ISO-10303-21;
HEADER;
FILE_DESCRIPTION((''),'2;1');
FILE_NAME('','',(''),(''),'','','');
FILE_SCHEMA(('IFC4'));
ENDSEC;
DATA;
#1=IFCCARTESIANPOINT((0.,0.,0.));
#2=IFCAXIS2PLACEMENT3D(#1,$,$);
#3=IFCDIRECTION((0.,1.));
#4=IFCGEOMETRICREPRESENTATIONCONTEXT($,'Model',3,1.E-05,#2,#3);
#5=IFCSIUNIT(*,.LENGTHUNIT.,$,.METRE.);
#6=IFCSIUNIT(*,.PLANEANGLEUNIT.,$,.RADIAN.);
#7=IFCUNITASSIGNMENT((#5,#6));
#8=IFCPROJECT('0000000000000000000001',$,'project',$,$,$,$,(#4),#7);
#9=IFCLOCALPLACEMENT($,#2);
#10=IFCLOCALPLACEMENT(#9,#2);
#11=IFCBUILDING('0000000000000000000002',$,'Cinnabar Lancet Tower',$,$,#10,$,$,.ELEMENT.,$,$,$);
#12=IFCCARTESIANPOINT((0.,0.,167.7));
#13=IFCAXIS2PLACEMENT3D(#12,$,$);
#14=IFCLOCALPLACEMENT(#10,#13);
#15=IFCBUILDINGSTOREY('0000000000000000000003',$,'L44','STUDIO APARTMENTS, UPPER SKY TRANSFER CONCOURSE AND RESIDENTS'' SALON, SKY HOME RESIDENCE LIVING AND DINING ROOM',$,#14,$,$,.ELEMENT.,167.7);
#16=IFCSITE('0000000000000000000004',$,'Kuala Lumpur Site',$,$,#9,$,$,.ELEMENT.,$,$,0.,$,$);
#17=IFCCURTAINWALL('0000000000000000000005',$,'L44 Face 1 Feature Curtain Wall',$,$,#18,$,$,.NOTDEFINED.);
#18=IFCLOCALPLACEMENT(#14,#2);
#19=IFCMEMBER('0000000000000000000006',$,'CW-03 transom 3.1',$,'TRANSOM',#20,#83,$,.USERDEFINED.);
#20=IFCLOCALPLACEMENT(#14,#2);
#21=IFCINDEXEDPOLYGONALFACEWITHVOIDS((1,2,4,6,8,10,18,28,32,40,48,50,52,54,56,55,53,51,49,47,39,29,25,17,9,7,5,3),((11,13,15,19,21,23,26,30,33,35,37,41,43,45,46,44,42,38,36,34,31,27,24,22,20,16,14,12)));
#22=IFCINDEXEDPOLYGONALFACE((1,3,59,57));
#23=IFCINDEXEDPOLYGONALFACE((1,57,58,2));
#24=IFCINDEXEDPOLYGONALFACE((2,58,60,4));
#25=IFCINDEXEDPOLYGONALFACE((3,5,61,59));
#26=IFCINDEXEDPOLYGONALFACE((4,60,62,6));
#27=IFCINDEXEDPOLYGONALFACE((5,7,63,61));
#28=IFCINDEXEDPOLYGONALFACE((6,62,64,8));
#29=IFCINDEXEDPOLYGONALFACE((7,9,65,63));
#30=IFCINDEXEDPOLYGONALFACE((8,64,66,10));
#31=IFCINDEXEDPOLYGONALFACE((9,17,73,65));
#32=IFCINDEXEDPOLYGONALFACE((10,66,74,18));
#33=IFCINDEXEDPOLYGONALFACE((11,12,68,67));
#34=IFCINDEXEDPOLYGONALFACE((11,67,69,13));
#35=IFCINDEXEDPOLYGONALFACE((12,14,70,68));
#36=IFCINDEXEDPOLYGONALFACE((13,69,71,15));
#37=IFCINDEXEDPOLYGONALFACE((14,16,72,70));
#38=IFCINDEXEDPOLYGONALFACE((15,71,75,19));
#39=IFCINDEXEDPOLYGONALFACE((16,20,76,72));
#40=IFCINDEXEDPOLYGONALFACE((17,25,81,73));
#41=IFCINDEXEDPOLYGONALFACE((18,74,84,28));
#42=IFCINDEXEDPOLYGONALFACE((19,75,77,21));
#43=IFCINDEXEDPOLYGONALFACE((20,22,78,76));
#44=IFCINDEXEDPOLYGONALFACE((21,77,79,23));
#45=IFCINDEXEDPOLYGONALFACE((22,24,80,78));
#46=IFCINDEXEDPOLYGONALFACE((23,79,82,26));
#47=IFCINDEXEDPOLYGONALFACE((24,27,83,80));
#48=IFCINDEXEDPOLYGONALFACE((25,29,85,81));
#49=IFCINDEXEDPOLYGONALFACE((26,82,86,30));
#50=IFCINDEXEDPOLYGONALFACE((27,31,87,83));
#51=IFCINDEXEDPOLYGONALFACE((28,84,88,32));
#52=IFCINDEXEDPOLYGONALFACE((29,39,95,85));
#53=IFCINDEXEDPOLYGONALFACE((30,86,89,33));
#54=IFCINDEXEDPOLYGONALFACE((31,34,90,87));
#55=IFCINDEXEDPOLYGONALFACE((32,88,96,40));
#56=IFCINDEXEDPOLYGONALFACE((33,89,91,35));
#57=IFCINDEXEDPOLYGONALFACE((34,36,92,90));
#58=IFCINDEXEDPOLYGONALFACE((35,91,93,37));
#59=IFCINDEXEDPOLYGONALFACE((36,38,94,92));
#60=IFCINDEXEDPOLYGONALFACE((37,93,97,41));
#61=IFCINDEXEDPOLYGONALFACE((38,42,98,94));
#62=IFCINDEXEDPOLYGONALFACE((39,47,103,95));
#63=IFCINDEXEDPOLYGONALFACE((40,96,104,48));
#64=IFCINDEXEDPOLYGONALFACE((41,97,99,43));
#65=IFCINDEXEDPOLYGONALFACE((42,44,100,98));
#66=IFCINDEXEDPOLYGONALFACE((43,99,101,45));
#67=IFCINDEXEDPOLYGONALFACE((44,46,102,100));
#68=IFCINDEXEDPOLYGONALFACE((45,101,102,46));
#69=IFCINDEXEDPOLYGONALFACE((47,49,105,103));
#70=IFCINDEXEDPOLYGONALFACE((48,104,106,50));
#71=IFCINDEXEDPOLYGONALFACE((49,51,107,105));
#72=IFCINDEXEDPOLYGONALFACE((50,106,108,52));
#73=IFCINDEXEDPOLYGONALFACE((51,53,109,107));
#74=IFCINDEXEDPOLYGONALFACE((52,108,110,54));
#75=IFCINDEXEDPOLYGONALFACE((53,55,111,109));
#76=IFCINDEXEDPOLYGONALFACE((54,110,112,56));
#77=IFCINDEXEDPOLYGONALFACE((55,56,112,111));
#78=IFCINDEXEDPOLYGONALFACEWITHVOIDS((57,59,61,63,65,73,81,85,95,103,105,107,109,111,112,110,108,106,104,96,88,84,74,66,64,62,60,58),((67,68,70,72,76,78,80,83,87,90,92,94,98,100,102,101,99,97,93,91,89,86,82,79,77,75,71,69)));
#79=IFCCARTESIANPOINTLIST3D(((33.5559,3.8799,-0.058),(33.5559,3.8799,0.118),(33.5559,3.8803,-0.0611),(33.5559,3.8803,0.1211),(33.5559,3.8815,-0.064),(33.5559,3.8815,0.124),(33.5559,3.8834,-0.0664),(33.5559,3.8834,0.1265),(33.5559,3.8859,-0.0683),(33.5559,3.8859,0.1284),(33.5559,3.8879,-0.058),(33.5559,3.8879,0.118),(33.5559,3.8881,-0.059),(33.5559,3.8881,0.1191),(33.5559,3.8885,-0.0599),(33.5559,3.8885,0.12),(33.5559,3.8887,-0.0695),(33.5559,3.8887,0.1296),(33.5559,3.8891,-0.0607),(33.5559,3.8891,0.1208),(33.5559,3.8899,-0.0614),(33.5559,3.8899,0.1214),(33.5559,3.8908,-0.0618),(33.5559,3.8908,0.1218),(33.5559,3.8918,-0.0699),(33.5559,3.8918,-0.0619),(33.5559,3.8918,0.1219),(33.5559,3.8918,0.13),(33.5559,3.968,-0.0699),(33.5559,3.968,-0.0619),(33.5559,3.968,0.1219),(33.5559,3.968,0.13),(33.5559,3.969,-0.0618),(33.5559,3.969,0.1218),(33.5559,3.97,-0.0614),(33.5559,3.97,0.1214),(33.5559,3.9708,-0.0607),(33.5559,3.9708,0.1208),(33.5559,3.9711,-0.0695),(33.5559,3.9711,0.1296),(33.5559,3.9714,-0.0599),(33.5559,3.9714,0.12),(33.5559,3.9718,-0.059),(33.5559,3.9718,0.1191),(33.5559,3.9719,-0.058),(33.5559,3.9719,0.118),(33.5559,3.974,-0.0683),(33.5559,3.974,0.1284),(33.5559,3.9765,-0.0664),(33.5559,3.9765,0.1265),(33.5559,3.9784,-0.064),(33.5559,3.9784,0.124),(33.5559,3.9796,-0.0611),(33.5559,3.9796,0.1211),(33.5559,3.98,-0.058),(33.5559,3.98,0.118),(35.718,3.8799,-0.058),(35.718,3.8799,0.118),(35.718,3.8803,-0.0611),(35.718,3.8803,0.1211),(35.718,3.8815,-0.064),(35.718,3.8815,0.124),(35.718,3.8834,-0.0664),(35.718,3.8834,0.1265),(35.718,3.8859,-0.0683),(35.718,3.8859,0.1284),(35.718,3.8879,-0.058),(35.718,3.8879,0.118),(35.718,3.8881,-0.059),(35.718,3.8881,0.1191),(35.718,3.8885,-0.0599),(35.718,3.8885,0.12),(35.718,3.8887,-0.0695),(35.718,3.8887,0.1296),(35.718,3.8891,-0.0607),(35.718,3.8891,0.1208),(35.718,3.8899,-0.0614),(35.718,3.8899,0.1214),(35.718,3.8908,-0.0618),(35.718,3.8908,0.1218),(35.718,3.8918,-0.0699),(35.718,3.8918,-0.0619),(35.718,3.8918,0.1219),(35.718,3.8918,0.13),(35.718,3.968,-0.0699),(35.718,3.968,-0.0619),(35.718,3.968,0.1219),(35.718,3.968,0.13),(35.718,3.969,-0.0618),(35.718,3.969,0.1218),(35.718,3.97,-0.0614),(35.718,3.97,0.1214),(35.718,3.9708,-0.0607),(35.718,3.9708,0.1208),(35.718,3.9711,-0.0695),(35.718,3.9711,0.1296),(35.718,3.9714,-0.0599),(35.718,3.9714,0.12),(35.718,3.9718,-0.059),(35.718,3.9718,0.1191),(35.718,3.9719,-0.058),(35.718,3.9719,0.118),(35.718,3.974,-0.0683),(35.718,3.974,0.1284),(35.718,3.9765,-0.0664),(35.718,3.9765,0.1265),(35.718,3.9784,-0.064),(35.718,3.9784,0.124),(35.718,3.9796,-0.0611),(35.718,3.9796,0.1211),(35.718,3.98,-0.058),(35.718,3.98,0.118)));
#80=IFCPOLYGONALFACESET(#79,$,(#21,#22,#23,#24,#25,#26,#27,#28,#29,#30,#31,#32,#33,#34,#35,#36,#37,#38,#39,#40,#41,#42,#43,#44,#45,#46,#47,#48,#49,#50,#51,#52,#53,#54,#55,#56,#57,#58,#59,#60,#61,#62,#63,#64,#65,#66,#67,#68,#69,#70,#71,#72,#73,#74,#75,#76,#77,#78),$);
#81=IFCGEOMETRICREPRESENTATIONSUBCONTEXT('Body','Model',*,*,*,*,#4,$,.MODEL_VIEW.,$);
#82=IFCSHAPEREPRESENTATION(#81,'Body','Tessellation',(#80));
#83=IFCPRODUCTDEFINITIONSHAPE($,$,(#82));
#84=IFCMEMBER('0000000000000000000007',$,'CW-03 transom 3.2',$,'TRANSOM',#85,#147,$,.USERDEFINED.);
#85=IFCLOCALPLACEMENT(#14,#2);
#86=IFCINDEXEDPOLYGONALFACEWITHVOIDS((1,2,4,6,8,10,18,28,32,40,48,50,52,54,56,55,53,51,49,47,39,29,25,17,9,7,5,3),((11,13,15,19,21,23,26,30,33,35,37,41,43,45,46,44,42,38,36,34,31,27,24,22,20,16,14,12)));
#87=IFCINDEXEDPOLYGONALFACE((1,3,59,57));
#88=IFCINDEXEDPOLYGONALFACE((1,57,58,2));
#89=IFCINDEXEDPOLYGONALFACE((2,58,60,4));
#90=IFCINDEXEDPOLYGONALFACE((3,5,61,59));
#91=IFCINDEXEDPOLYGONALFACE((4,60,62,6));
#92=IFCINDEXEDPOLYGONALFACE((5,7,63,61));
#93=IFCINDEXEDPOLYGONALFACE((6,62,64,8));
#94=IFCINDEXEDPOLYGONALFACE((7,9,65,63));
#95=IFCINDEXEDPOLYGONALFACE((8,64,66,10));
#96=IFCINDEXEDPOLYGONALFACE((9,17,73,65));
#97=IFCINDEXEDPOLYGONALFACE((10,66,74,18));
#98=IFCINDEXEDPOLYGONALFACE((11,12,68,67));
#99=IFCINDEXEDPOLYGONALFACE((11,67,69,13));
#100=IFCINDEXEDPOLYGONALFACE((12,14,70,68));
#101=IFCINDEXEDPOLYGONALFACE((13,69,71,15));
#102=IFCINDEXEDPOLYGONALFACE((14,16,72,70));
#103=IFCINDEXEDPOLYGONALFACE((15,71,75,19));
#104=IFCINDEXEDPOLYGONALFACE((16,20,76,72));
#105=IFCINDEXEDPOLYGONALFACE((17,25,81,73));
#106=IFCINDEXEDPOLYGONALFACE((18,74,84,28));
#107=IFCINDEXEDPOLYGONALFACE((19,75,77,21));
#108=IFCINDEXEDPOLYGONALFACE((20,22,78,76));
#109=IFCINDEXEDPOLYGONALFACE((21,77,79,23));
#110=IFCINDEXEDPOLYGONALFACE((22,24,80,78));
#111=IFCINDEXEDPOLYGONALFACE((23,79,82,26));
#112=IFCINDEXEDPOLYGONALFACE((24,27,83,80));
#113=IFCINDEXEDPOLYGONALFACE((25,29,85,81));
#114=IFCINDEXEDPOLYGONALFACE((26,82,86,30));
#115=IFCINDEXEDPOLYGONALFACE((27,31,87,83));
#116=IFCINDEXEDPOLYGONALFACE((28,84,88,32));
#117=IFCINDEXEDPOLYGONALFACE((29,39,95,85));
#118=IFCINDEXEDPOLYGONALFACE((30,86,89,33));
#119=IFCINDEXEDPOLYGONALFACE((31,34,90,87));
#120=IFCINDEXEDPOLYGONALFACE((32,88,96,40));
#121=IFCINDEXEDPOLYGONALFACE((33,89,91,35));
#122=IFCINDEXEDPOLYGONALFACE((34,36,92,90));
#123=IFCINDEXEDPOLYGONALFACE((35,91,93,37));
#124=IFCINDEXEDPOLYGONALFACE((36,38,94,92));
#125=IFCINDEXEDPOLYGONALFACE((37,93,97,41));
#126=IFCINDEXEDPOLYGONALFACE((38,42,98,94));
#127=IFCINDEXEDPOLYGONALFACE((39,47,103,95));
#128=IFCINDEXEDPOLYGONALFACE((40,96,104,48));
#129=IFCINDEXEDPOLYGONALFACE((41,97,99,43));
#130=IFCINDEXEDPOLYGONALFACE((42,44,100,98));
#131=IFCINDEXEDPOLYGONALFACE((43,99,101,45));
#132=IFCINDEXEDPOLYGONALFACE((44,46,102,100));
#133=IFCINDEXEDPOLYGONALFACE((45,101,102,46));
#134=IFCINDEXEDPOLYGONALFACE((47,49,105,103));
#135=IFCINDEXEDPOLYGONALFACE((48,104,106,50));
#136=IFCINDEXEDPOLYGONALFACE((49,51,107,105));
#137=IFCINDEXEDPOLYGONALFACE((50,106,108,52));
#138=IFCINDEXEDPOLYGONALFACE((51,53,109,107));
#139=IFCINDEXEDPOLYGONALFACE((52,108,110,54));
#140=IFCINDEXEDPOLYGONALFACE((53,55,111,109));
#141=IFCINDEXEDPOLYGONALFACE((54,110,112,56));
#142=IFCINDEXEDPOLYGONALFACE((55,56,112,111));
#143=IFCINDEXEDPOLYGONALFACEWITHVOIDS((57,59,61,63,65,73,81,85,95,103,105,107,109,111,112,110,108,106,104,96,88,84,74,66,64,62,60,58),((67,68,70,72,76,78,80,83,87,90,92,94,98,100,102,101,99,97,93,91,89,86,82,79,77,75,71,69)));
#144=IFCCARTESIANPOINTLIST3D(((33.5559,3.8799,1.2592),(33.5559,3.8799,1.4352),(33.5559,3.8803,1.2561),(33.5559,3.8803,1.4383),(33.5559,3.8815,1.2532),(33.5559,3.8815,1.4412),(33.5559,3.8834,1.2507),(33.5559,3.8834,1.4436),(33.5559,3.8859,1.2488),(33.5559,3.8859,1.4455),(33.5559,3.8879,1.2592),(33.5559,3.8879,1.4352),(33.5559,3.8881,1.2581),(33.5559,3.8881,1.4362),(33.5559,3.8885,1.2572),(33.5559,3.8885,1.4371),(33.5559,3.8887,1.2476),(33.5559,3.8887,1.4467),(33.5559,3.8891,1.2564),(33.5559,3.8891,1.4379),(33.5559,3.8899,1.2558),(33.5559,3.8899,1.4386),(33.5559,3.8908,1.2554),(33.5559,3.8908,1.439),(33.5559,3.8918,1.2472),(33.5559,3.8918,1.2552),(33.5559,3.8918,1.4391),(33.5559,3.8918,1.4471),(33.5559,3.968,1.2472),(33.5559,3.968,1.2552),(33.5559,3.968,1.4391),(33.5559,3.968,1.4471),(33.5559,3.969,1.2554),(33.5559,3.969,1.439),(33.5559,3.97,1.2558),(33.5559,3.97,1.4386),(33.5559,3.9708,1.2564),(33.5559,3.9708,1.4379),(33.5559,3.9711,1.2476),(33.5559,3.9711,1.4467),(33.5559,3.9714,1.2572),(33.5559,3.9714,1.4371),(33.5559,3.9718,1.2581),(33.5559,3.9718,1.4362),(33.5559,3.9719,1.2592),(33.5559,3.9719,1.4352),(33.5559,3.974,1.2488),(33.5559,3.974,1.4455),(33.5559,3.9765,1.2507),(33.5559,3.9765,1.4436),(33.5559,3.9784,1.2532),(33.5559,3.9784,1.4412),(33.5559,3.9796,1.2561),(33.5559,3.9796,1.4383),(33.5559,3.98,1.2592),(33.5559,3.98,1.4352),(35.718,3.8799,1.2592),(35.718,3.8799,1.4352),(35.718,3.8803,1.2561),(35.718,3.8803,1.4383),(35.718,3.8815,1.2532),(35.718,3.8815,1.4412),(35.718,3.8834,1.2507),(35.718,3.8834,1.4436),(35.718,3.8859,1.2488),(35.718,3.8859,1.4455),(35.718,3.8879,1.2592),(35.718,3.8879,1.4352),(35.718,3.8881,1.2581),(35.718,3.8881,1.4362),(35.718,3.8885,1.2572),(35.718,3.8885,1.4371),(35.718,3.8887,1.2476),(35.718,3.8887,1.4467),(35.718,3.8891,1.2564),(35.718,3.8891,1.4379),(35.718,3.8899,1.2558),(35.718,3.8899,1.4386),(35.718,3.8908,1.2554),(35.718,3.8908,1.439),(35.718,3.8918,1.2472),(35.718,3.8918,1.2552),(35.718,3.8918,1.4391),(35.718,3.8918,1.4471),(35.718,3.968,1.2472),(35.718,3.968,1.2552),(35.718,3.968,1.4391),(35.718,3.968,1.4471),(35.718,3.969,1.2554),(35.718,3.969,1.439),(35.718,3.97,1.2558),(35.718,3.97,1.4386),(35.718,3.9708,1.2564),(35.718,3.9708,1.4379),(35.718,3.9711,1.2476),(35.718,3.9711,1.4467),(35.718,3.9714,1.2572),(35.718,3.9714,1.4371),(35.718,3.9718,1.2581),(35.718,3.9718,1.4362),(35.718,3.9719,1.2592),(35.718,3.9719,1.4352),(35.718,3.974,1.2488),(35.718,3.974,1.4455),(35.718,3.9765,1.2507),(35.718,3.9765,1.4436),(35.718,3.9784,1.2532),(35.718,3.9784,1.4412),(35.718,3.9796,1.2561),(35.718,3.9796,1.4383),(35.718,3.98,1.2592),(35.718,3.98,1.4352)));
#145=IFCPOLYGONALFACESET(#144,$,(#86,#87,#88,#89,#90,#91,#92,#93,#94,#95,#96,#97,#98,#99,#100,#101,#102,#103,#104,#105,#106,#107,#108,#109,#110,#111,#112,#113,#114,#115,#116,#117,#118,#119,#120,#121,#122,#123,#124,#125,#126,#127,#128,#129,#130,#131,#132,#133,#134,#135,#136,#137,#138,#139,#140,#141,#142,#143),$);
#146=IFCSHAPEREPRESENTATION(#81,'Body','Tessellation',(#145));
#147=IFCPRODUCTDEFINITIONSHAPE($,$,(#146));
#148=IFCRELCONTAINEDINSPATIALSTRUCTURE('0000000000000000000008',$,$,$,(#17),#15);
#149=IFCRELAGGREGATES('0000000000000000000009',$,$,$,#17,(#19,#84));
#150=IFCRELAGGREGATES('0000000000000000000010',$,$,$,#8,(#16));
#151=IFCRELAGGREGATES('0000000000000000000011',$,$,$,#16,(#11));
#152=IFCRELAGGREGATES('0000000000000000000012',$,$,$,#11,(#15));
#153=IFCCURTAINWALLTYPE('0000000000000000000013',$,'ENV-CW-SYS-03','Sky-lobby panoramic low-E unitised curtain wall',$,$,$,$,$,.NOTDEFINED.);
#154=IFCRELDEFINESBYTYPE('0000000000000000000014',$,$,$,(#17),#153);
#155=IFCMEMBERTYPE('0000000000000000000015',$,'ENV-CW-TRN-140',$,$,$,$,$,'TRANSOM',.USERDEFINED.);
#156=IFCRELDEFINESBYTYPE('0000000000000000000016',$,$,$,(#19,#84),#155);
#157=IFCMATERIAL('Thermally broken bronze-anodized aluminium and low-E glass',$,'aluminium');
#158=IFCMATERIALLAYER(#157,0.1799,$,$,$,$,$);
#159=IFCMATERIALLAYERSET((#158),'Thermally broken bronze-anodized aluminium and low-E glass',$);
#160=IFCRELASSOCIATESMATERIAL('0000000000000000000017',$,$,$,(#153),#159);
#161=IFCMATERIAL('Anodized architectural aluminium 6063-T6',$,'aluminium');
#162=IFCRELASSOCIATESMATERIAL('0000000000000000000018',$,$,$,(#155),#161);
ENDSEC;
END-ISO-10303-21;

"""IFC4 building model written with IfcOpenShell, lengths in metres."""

from ifc_helpers import new_model, si_unit, direction, frame, origin, origin_2d, place, context, subcontext, project, spatial, hollow_rectangle, extrude, material, layer, layer_set, material_profile, profile_set, type_object, element, aggregate, save


model = new_model("IFC4")

# Units and contexts
model_context = context("Model", 3, precision=1e-05, world=origin(), true_north=direction((0.0, 1.0)))
body_context = subcontext(model_context, "Body", "Model", "MODEL_VIEW")
ifc_project = project(units=[si_unit("LENGTHUNIT", "METRE"), si_unit("PLANEANGLEUNIT", "RADIAN")], contexts=[model_context])

# Site, building, storey
site_placement = place(None, origin())
site = spatial("IfcSite", under=ifc_project, at=site_placement, Name="Kuala Lumpur Site", CompositionType="ELEMENT", RefElevation=0.0)
building_placement = place(site_placement, origin())
building = spatial("IfcBuilding", under=site, at=building_placement, Name="Cinnabar Lancet Tower", CompositionType="ELEMENT")
storey_placement = place(building_placement, frame((0.0, 0.0, 167.7)))
storey = spatial("IfcBuildingStorey", under=building, at=storey_placement, Name="L44", Description="STUDIO APARTMENTS, UPPER SKY TRANSFER CONCOURSE AND RESIDENTS' SALON, SKY HOME RESIDENCE LIVING AND DINING ROOM", CompositionType="ELEMENT", Elevation=167.7)

# Curtain wall, members
ifc_material_1 = material(Name="Thermally broken bronze-anodized aluminium and low-E glass", Category="aluminium")
ifc_layer_1 = layer(ifc_material_1, 0.1799)
ifc_layer_set_1 = layer_set([ifc_layer_1], Name="Thermally broken bronze-anodized aluminium and low-E glass")
curtain_wall_type = type_object("IfcCurtainWallType", Name="ENV-CW-SYS-03", Description="Sky-lobby panoramic low-E unitised curtain wall", PredefinedType="NOTDEFINED", material=ifc_layer_set_1)
curtain_wall_placement = place(storey_placement, origin())
curtain_wall = element("IfcCurtainWall", 1, at=curtain_wall_placement, inside=storey, type_object=curtain_wall_type, Name="L44 Face 1 Feature Curtain Wall", PredefinedType="NOTDEFINED")
ifc_material_2 = material(Name="Anodized architectural aluminium 6063-T6", Category="aluminium")
ifc_material_profile_1 = material_profile(ifc_material_2, hollow_rectangle(XDim=0.1001, YDim=0.2, WallThickness=0.0081, InnerFilletRadius=0.0039, OuterFilletRadius=0.012, at=origin_2d()), Name="RHS 200x100x8")
ifc_profile_set_1 = profile_set([ifc_material_profile_1], Name="Anodized architectural aluminium 6063-T6")
member_type_1 = type_object("IfcMemberType", Name="ENV-CW-TRN-140", ElementType="TRANSOM", PredefinedType="USERDEFINED", material=ifc_profile_set_1)
member_1_placement = place(storey_placement, frame((33.5559, 3.9299, 0.03), z_axis=(1.0, 0.0, 0.0), x_axis=(0.0, 1.0, 0.0)))
member_1 = element("IfcMember", 2, at=member_1_placement, type_object=member_type_1, Name="CW-03 transom 3.1", ObjectType="TRANSOM", PredefinedType="USERDEFINED", context=body_context, shape_type="SweptSolid", body=[
    extrude(hollow_rectangle(XDim=0.1001, YDim=0.2, WallThickness=0.0081, InnerFilletRadius=0.0039, OuterFilletRadius=0.012, at=origin_2d()), origin(), (0.0, 0.0, 1.0), 2.1621),
])
member_2_placement = place(storey_placement, frame((33.5559, 3.9299, 1.3472), z_axis=(1.0, 0.0, 0.0), x_axis=(0.0, 1.0, 0.0)))
member_2 = element("IfcMember", 3, at=member_2_placement, type_object=member_type_1, Name="CW-03 transom 3.2", ObjectType="TRANSOM", PredefinedType="USERDEFINED", context=body_context, shape_type="SweptSolid", body=[
    extrude(hollow_rectangle(XDim=0.1001, YDim=0.2, WallThickness=0.0081, InnerFilletRadius=0.0039, OuterFilletRadius=0.012, at=origin_2d()), origin(), (0.0, 0.0, 1.0), 2.1621),
])

aggregate(curtain_wall, [member_1, member_2])

save(model, "model.ifc")
